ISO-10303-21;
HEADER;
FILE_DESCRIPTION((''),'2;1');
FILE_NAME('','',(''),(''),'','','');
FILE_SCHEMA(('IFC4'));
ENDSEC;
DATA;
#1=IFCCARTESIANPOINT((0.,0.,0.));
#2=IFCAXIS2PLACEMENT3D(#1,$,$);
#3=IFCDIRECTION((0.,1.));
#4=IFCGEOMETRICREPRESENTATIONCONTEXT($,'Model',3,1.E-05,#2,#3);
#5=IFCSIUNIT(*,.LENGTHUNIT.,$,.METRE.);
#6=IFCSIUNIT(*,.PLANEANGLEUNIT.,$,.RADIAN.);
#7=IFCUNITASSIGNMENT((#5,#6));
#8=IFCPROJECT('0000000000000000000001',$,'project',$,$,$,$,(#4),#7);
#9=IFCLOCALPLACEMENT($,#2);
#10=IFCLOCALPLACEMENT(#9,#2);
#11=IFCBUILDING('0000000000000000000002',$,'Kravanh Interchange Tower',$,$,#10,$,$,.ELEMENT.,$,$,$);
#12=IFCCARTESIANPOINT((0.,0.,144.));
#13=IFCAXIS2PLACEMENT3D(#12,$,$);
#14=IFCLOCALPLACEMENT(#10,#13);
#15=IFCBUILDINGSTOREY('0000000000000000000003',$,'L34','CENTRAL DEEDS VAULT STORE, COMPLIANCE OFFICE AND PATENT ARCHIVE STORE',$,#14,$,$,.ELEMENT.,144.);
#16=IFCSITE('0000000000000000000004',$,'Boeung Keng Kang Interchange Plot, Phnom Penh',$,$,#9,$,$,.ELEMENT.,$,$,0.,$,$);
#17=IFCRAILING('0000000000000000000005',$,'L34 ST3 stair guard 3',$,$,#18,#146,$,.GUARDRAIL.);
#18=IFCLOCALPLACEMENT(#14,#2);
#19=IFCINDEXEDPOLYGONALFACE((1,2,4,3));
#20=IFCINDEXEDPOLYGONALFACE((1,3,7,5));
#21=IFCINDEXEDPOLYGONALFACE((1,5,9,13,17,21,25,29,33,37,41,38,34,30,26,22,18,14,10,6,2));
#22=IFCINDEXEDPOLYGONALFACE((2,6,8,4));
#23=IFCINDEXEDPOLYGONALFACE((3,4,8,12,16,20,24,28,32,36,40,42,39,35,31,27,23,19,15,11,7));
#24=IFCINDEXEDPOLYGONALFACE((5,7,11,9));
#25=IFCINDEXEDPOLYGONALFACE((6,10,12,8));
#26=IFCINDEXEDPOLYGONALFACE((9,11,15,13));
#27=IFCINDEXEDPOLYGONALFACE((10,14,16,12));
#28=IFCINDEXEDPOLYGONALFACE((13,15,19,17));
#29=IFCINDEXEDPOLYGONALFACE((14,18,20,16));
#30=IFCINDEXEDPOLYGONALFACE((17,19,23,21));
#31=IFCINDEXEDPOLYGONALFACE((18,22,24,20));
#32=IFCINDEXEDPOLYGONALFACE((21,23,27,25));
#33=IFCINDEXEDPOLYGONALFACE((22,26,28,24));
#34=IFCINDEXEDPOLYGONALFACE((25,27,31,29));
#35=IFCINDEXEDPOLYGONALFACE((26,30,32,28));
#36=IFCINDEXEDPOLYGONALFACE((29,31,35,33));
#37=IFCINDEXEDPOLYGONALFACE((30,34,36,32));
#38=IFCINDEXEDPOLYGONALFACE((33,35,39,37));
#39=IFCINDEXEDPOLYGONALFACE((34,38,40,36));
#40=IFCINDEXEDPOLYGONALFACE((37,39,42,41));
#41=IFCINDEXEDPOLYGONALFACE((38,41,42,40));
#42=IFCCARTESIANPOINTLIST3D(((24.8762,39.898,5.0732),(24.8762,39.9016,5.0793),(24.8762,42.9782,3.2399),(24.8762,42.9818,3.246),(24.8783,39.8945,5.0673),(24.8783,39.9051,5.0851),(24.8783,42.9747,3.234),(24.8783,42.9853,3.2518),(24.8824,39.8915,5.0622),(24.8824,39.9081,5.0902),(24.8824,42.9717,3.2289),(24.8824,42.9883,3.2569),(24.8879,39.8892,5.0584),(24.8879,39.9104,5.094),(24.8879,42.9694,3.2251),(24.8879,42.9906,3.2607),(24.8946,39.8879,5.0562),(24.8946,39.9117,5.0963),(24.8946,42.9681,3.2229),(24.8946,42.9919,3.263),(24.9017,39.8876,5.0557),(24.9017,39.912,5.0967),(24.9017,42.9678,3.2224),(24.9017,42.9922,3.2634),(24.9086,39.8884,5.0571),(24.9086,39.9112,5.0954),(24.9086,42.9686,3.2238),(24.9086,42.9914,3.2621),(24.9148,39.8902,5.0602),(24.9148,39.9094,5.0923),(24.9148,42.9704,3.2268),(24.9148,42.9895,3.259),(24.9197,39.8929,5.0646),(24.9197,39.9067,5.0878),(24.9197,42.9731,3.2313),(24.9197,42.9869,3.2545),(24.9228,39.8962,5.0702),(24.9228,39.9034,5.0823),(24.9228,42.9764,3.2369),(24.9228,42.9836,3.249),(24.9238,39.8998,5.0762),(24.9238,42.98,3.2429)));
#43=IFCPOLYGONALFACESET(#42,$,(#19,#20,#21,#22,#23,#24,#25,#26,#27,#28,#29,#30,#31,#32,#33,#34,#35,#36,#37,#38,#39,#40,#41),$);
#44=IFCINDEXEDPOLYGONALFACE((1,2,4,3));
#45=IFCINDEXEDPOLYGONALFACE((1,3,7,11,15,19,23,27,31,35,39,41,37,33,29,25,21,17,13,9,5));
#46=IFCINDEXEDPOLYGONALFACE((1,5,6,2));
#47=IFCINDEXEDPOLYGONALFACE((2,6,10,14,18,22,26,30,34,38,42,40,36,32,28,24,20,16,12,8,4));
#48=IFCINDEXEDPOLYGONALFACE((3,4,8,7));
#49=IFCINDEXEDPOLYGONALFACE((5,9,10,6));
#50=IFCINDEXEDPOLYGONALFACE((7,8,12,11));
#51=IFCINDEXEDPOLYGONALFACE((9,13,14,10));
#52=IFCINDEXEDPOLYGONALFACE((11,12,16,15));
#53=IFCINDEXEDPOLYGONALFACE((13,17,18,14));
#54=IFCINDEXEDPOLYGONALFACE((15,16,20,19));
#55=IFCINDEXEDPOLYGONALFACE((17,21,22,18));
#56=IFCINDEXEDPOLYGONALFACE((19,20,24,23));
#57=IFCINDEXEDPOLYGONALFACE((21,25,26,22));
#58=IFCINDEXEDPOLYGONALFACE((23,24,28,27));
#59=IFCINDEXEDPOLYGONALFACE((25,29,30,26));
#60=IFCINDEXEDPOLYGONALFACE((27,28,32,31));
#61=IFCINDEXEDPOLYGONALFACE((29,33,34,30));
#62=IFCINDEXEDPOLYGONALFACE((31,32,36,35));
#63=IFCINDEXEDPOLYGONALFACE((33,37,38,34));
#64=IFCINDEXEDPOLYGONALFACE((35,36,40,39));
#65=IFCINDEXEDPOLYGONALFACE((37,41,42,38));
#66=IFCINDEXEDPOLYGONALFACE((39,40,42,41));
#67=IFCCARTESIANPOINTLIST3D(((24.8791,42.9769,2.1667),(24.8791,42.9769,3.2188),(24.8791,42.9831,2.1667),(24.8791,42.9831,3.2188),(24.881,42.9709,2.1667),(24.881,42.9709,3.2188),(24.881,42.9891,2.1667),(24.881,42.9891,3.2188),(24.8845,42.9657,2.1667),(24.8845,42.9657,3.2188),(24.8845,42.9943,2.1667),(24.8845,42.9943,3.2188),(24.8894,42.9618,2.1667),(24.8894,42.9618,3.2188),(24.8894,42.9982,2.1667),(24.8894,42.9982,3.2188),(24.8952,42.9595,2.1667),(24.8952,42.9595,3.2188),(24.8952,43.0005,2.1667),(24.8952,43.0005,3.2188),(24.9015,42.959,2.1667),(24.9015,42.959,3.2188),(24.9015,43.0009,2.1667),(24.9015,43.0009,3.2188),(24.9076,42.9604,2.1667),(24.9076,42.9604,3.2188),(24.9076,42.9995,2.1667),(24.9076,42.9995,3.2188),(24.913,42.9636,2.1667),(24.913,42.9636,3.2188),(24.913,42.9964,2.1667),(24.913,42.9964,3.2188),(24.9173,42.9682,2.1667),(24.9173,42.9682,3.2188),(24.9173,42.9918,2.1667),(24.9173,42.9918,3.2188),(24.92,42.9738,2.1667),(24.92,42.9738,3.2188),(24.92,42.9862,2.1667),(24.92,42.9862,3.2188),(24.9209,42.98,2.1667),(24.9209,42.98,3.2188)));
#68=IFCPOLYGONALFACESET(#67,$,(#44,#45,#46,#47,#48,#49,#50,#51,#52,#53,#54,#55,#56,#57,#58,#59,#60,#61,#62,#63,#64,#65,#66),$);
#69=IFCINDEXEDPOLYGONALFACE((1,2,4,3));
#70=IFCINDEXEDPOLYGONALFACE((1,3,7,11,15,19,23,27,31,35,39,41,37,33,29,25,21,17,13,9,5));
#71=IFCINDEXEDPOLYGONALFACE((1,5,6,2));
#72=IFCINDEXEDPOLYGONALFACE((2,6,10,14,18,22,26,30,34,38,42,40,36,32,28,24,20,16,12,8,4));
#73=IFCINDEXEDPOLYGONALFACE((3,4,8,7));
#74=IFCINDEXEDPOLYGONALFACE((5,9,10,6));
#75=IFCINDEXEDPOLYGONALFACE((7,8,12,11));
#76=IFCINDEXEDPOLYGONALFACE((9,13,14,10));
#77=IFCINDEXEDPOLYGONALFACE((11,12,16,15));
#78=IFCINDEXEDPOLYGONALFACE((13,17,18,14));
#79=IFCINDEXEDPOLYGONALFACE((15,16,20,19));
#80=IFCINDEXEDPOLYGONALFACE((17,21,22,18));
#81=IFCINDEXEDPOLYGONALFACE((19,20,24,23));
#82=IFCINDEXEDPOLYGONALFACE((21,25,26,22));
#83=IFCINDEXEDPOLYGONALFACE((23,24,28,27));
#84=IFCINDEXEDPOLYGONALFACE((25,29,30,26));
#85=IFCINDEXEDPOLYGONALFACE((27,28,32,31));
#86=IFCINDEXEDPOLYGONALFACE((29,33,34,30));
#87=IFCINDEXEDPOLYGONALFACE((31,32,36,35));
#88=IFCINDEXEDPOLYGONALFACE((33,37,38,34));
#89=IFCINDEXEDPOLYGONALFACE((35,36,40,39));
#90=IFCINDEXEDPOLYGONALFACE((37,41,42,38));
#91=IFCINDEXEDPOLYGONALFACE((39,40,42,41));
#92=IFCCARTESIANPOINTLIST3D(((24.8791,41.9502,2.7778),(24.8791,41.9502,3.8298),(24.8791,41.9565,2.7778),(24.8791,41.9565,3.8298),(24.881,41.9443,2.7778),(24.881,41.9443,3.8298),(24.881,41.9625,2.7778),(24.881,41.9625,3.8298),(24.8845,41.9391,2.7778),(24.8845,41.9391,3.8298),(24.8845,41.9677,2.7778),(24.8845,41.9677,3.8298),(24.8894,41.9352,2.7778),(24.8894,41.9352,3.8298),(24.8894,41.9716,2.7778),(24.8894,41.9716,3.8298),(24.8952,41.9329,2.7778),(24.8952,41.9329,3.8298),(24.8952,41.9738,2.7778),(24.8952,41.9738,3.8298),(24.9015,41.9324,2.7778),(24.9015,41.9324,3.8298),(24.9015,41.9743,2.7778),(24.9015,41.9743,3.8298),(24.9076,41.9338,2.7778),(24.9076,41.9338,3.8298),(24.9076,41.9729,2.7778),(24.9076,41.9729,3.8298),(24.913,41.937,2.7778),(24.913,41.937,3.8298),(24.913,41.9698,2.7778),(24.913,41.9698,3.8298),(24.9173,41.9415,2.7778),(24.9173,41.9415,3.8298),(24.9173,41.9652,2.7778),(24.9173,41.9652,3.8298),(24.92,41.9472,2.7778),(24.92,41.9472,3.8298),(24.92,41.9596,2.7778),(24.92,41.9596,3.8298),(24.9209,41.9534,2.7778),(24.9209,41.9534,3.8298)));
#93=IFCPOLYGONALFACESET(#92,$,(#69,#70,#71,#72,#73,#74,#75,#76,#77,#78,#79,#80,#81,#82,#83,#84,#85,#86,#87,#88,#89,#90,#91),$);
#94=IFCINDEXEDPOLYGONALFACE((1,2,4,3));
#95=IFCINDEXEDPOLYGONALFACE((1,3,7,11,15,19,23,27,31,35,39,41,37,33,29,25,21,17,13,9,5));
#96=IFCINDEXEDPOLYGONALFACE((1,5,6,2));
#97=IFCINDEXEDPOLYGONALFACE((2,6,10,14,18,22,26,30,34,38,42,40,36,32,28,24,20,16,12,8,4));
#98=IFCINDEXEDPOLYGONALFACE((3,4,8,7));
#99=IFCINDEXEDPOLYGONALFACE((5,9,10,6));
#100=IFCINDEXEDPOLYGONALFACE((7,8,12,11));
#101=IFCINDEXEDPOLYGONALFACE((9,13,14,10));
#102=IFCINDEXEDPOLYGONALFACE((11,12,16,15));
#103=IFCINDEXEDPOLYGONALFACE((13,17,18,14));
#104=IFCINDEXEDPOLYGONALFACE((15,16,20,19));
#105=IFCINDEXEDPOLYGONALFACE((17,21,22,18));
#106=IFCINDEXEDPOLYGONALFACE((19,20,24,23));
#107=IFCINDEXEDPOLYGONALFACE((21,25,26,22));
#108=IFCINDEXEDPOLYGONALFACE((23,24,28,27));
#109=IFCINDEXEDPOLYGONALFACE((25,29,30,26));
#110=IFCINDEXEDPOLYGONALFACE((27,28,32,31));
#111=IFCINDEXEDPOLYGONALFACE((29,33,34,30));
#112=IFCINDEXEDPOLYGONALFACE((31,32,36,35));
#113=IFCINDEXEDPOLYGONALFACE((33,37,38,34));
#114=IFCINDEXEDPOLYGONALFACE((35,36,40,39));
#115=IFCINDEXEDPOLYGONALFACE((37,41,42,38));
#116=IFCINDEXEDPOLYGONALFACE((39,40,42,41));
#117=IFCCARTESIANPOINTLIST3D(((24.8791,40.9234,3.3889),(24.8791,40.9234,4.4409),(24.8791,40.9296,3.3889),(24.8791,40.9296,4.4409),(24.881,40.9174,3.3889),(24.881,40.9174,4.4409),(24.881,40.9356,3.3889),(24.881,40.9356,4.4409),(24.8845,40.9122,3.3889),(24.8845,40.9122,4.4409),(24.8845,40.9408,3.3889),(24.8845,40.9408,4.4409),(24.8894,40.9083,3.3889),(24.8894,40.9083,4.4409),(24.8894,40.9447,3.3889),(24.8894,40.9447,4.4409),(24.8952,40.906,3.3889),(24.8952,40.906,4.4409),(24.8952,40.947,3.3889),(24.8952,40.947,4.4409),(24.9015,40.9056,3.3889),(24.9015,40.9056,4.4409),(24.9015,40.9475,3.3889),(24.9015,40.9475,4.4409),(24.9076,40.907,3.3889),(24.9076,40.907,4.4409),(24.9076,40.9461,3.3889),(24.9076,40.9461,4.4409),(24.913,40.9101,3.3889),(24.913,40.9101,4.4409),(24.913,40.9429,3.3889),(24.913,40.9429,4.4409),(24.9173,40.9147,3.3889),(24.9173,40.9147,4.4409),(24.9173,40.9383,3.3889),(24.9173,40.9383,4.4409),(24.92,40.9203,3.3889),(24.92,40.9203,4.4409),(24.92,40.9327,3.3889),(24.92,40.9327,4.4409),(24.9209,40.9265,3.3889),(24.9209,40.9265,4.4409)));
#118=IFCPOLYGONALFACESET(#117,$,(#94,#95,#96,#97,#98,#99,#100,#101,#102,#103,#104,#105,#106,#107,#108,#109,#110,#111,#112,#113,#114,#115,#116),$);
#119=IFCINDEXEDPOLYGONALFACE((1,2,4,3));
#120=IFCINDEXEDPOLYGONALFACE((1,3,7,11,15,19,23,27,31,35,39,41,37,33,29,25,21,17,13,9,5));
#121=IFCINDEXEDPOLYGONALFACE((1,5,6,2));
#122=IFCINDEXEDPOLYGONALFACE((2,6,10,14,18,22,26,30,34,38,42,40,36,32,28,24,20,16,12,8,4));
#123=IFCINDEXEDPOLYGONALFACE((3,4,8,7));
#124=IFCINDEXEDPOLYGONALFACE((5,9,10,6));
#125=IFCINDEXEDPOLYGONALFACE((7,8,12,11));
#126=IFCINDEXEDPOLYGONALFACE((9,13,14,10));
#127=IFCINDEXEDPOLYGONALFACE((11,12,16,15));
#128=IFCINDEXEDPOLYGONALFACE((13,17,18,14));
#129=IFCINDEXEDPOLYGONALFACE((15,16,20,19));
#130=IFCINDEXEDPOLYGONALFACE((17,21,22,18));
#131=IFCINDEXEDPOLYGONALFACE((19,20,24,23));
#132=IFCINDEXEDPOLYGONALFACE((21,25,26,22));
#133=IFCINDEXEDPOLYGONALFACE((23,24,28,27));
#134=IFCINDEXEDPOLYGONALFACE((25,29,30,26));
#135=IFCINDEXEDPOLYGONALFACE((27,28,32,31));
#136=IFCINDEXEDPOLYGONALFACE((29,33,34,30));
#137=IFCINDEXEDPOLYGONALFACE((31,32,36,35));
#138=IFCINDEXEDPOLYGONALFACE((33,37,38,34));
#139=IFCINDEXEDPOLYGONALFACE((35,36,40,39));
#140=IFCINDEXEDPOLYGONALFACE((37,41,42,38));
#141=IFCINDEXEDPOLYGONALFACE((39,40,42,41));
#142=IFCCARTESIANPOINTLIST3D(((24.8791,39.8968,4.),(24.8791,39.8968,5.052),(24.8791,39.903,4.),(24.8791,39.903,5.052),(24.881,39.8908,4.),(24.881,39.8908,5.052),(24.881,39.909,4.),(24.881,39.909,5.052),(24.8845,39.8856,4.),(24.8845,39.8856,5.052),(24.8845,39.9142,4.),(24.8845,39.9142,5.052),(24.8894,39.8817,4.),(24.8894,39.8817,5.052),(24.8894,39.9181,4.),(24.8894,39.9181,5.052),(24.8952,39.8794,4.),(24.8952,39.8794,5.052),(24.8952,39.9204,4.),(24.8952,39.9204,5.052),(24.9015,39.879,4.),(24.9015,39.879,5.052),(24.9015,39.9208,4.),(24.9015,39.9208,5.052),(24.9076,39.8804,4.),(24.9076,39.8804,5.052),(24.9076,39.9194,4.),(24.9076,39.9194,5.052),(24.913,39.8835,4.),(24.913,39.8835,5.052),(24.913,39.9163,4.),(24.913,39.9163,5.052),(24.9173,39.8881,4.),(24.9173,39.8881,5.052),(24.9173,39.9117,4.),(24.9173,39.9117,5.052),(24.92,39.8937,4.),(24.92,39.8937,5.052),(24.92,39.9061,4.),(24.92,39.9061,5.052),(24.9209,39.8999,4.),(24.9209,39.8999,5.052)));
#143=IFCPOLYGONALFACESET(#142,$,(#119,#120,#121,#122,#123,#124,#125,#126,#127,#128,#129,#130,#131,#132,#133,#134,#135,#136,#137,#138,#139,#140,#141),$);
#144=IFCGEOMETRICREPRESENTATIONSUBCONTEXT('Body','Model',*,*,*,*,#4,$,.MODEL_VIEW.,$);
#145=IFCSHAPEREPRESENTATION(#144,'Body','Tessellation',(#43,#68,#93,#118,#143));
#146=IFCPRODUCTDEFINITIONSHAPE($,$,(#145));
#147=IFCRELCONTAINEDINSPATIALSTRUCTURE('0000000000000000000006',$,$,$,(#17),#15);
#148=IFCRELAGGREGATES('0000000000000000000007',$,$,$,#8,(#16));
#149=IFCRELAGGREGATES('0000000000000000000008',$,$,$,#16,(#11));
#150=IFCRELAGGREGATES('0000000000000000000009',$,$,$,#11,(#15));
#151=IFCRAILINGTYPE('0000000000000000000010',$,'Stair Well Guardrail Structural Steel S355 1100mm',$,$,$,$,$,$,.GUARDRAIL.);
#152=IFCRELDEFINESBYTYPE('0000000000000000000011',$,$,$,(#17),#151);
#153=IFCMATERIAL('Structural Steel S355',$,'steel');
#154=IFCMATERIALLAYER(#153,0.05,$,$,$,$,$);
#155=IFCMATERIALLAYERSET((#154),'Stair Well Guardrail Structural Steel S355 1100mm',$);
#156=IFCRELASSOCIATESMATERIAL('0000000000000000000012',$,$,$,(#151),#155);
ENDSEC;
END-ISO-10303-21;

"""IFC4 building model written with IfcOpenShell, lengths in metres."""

from ifc_helpers import new_model, si_unit, direction, frame, origin, origin_2d, place, context, subcontext, project, spatial, circle, extrude, material, layer, layer_set, type_object, element, save


model = new_model("IFC4")

# Units and contexts
model_context = context("Model", 3, precision=1e-05, world=origin(), true_north=direction((0.0, 1.0)))
body_context = subcontext(model_context, "Body", "Model", "MODEL_VIEW")
ifc_project = project(units=[si_unit("LENGTHUNIT", "METRE"), si_unit("PLANEANGLEUNIT", "RADIAN")], contexts=[model_context])

# Site, building, storey
site_placement = place(None, origin())
site = spatial("IfcSite", under=ifc_project, at=site_placement, Name="Boeung Keng Kang Interchange Plot, Phnom Penh", CompositionType="ELEMENT", RefElevation=0.0)
building_placement = place(site_placement, origin())
building = spatial("IfcBuilding", under=site, at=building_placement, Name="Kravanh Interchange Tower", CompositionType="ELEMENT")
storey_placement = place(building_placement, frame((0.0, 0.0, 144.0)))
storey = spatial("IfcBuildingStorey", under=building, at=storey_placement, Name="L34", Description="CENTRAL DEEDS VAULT STORE, COMPLIANCE OFFICE AND PATENT ARCHIVE STORE", CompositionType="ELEMENT", Elevation=144.0)

# Railing
ifc_material_1 = material(Name="Structural Steel S355", Category="steel")
ifc_layer_1 = layer(ifc_material_1, 0.05)
ifc_layer_set_1 = layer_set([ifc_layer_1], Name="Stair Well Guardrail Structural Steel S355 1100mm")
railing_type_1 = type_object("IfcRailingType", Name="Stair Well Guardrail Structural Steel S355 1100mm", PredefinedType="GUARDRAIL", material=ifc_layer_set_1)
railing_1_placement = place(storey_placement, frame((24.8999, 42.98, 2.1667)))
element("IfcRailing", 1, at=railing_1_placement, inside=storey, type_object=railing_type_1, Name="L34 ST3 stair guard 3", PredefinedType="GUARDRAIL", context=body_context, shape_type="SweptSolid", body=[
    extrude(circle(Radius=0.0239, at=origin_2d()), frame((0.0, 0.0, 1.0762), z_axis=(0.0, -0.859309, 0.511458), x_axis=(1.0, 0.0, 0.0)), (0.0, 0.0, 1.0), 3.5845),
    extrude(circle(Radius=0.021, at=origin_2d()), origin(), (0.0, 0.0, 1.0), 1.052),
    extrude(circle(Radius=0.021, at=origin_2d()), frame((0.0, -1.0266, 0.6111)), (0.0, 0.0, 1.0), 1.052),
    extrude(circle(Radius=0.021, at=origin_2d()), frame((0.0, -2.0535, 1.2222)), (0.0, 0.0, 1.0), 1.052),
    extrude(circle(Radius=0.021, at=origin_2d()), frame((0.0, -3.0801, 1.8333)), (0.0, 0.0, 1.0), 1.052),
])

save(model, "model.ifc")
